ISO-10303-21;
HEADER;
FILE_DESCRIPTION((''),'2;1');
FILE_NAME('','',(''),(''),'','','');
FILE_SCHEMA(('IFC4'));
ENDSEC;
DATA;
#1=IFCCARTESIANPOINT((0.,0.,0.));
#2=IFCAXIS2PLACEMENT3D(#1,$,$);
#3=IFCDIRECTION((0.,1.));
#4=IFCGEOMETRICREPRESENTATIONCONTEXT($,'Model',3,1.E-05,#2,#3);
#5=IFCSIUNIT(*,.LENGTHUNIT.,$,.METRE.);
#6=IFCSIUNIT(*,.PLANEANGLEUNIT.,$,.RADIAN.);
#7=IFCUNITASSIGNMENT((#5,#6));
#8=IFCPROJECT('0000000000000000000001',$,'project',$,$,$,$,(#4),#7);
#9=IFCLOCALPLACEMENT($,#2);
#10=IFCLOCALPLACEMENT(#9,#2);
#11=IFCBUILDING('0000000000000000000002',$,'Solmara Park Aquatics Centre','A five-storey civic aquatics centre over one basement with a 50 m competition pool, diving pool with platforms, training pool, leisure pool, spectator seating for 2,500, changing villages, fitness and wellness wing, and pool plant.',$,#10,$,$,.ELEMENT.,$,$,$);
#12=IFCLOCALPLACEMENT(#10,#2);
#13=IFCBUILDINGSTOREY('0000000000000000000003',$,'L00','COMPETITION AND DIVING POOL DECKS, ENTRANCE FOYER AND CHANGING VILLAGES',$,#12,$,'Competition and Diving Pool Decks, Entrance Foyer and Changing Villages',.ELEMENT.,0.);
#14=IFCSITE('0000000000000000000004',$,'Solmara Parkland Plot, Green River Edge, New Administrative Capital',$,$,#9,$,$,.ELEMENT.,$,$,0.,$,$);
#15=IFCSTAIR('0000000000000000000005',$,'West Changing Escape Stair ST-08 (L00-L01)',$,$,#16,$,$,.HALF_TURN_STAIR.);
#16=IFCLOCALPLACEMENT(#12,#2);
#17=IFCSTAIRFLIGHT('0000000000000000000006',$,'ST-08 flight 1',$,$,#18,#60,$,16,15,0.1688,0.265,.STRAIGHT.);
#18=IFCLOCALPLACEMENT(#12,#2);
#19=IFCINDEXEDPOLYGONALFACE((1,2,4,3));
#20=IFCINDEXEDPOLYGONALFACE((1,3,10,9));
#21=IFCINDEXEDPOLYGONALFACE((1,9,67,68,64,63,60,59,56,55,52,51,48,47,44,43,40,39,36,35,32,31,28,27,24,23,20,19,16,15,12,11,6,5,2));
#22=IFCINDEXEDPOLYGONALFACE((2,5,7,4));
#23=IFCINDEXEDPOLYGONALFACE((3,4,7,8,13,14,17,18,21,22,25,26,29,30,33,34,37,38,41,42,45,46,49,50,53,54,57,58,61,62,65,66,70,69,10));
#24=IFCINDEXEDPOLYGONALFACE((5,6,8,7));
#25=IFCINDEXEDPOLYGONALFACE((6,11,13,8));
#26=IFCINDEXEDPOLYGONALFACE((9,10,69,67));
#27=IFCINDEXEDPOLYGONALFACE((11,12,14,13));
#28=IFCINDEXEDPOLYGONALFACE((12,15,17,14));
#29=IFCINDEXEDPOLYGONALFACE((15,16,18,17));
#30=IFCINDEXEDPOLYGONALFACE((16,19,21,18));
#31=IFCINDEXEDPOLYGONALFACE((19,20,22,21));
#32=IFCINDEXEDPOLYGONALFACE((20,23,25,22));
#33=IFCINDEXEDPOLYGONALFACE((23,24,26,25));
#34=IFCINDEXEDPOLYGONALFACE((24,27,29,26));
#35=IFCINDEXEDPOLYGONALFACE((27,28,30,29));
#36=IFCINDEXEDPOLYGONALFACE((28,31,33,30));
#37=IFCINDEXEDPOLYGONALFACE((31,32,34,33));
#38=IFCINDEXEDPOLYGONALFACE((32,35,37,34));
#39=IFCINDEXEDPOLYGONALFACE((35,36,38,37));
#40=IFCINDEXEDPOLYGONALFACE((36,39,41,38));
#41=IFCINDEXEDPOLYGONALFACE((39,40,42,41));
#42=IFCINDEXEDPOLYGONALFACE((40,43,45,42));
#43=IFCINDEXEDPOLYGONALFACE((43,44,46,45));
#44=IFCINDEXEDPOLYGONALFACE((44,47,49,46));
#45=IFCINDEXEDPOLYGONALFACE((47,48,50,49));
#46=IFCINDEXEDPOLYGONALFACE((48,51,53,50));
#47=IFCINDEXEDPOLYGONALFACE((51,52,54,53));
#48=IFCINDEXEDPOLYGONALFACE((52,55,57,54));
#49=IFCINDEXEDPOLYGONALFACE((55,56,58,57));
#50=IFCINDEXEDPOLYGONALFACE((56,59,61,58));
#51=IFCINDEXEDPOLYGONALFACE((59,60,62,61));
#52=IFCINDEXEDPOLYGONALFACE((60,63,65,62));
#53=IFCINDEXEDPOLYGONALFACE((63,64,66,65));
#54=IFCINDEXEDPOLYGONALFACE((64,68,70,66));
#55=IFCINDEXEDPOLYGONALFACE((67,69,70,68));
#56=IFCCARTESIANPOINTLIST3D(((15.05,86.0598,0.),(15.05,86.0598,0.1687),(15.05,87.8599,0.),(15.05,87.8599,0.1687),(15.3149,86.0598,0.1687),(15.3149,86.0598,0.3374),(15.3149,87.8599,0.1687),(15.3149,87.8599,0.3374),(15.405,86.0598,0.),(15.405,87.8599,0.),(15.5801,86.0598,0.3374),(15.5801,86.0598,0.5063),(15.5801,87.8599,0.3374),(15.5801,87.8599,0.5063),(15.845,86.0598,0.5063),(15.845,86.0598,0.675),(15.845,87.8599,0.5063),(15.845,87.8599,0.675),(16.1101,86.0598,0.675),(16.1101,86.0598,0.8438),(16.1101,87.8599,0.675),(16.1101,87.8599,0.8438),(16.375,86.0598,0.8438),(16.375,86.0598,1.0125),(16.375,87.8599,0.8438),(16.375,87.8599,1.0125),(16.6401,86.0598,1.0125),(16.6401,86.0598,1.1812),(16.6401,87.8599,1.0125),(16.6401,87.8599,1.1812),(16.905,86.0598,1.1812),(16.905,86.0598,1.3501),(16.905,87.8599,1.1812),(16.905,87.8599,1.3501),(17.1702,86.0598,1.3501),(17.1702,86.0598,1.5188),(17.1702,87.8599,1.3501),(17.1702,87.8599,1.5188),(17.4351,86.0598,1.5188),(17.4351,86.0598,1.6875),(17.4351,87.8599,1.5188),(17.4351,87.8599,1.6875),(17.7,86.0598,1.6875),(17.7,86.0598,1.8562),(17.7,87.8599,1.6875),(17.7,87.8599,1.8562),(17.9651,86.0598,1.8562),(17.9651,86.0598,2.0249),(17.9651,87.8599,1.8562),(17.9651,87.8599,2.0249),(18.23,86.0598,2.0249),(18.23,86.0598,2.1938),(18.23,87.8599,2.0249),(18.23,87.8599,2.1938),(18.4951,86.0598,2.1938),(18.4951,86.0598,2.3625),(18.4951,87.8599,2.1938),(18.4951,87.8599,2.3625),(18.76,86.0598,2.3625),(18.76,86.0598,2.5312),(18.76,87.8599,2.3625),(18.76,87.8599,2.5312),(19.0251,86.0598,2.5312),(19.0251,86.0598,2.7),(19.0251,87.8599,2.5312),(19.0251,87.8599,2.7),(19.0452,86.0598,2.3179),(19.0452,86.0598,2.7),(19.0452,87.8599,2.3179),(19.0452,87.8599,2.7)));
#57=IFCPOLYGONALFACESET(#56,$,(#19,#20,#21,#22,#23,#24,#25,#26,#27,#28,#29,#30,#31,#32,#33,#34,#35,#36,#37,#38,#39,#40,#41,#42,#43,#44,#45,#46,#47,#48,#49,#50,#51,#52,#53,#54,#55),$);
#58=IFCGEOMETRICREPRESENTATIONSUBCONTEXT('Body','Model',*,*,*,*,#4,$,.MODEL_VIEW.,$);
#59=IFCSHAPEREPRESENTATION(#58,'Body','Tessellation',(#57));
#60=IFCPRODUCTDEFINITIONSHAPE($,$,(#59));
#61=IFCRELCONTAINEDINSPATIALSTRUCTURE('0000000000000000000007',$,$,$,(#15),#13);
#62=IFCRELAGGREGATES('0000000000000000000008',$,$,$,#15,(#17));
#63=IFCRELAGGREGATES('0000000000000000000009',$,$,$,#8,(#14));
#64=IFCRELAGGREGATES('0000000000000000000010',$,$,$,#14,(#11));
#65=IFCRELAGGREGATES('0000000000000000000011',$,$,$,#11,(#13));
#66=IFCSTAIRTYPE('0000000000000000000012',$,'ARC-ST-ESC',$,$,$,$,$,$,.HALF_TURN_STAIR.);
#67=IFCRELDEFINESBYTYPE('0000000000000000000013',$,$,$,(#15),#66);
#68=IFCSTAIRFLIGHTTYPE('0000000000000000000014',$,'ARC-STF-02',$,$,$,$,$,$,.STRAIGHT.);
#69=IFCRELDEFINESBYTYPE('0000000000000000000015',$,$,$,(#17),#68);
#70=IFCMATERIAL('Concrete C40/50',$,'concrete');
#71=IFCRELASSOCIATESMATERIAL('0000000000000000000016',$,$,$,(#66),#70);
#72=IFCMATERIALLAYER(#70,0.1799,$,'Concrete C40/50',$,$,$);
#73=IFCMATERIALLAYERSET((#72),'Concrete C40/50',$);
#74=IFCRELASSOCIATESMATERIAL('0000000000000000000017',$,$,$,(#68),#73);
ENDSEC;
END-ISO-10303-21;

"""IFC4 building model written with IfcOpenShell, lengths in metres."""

from ifc_helpers import new_model, si_unit, direction, frame, origin, place, context, subcontext, project, spatial, polyline, outline, extrude, material, layer, layer_set, type_object, element, aggregate, save


model = new_model("IFC4")

# Units and contexts
model_context = context("Model", 3, precision=1e-05, world=origin(), true_north=direction((0.0, 1.0)))
body_context = subcontext(model_context, "Body", "Model", "MODEL_VIEW")
ifc_project = project(units=[si_unit("LENGTHUNIT", "METRE"), si_unit("PLANEANGLEUNIT", "RADIAN")], contexts=[model_context])

# Site, building, storey
site_placement = place(None, origin())
site = spatial("IfcSite", under=ifc_project, at=site_placement, Name="Solmara Parkland Plot, Green River Edge, New Administrative Capital", CompositionType="ELEMENT", RefElevation=0.0)
building_placement = place(site_placement, origin())
building = spatial("IfcBuilding", under=site, at=building_placement, Name="Solmara Park Aquatics Centre", Description="A five-storey civic aquatics centre over one basement with a 50 m competition pool, diving pool with platforms, training pool, leisure pool, spectator seating for 2,500, changing villages, fitness and wellness wing, and pool plant.", CompositionType="ELEMENT")
storey_placement = place(building_placement, origin())
storey = spatial("IfcBuildingStorey", under=building, at=storey_placement, Name="L00", Description="COMPETITION AND DIVING POOL DECKS, ENTRANCE FOYER AND CHANGING VILLAGES", LongName="Competition and Diving Pool Decks, Entrance Foyer and Changing Villages", CompositionType="ELEMENT", Elevation=0.0)

# Shared definitions
ifc_material_1 = material(Name="Concrete C40/50", Category="concrete")

# Stair, stair flight
stair_type = type_object("IfcStairType", Name="ARC-ST-ESC", PredefinedType="HALF_TURN_STAIR", material=ifc_material_1)
stair_placement = place(storey_placement, origin())
stair = element("IfcStair", 1, at=stair_placement, inside=storey, type_object=stair_type, Name="West Changing Escape Stair ST-08 (L00-L01)", PredefinedType="HALF_TURN_STAIR")
ifc_layer_1 = layer(ifc_material_1, 0.1799, Name="Concrete C40/50")
ifc_layer_set_1 = layer_set([ifc_layer_1], Name="Concrete C40/50")
stair_flight_type = type_object("IfcStairFlightType", Name="ARC-STF-02", PredefinedType="STRAIGHT", material=ifc_layer_set_1)
stair_flight_placement = place(storey_placement, frame((15.05, 86.96, 0.0), z_axis=(0.0, 0.0, 1.0), x_axis=(1.0, 0.0, 0.0)))
stair_flight = element("IfcStairFlight", 2, at=stair_flight_placement, type_object=stair_flight_type, Name="ST-08 flight 1", NumberOfRisers=16, NumberOfTreads=15, PredefinedType="STRAIGHT", RiserHeight=0.1688, TreadLength=0.265, context=body_context, shape_type="SweptSolid", body=[
    extrude(outline(polyline([(0.0, 0.0), (0.0, 0.1687), (0.2649, 0.1687), (0.2649, 0.3374), (0.53, 0.3374), (0.53, 0.5063), (0.7949, 0.5063), (0.7949, 0.675), (1.0601, 0.675), (1.0601, 0.8438), (1.325, 0.8438), (1.325, 1.0125), (1.5901, 1.0125), (1.5901, 1.1812), (1.855, 1.1812), (1.855, 1.3501), (2.1201, 1.3501), (2.1201, 1.5188), (2.385, 1.5188), (2.385, 1.6875), (2.6499, 1.6875), (2.6499, 1.8562), (2.915, 1.8562), (2.915, 2.0249), (3.1799, 2.0249), (3.1799, 2.1938), (3.4451, 2.1938), (3.4451, 2.3625), (3.71, 2.3625), (3.71, 2.5312), (3.9751, 2.5312), (3.9751, 2.7), (3.9951, 2.7), (3.9951, 2.3179), (0.355, 0.0), (0.0, 0.0)])), frame((0.0, 0.8999, 0.0), z_axis=(0.0, -1.0, 0.0), x_axis=(1.0, 0.0, 0.0)), (0.0, 0.0, 1.0), 1.8),
])
aggregate(stair, [stair_flight])

save(model, "model.ifc")
